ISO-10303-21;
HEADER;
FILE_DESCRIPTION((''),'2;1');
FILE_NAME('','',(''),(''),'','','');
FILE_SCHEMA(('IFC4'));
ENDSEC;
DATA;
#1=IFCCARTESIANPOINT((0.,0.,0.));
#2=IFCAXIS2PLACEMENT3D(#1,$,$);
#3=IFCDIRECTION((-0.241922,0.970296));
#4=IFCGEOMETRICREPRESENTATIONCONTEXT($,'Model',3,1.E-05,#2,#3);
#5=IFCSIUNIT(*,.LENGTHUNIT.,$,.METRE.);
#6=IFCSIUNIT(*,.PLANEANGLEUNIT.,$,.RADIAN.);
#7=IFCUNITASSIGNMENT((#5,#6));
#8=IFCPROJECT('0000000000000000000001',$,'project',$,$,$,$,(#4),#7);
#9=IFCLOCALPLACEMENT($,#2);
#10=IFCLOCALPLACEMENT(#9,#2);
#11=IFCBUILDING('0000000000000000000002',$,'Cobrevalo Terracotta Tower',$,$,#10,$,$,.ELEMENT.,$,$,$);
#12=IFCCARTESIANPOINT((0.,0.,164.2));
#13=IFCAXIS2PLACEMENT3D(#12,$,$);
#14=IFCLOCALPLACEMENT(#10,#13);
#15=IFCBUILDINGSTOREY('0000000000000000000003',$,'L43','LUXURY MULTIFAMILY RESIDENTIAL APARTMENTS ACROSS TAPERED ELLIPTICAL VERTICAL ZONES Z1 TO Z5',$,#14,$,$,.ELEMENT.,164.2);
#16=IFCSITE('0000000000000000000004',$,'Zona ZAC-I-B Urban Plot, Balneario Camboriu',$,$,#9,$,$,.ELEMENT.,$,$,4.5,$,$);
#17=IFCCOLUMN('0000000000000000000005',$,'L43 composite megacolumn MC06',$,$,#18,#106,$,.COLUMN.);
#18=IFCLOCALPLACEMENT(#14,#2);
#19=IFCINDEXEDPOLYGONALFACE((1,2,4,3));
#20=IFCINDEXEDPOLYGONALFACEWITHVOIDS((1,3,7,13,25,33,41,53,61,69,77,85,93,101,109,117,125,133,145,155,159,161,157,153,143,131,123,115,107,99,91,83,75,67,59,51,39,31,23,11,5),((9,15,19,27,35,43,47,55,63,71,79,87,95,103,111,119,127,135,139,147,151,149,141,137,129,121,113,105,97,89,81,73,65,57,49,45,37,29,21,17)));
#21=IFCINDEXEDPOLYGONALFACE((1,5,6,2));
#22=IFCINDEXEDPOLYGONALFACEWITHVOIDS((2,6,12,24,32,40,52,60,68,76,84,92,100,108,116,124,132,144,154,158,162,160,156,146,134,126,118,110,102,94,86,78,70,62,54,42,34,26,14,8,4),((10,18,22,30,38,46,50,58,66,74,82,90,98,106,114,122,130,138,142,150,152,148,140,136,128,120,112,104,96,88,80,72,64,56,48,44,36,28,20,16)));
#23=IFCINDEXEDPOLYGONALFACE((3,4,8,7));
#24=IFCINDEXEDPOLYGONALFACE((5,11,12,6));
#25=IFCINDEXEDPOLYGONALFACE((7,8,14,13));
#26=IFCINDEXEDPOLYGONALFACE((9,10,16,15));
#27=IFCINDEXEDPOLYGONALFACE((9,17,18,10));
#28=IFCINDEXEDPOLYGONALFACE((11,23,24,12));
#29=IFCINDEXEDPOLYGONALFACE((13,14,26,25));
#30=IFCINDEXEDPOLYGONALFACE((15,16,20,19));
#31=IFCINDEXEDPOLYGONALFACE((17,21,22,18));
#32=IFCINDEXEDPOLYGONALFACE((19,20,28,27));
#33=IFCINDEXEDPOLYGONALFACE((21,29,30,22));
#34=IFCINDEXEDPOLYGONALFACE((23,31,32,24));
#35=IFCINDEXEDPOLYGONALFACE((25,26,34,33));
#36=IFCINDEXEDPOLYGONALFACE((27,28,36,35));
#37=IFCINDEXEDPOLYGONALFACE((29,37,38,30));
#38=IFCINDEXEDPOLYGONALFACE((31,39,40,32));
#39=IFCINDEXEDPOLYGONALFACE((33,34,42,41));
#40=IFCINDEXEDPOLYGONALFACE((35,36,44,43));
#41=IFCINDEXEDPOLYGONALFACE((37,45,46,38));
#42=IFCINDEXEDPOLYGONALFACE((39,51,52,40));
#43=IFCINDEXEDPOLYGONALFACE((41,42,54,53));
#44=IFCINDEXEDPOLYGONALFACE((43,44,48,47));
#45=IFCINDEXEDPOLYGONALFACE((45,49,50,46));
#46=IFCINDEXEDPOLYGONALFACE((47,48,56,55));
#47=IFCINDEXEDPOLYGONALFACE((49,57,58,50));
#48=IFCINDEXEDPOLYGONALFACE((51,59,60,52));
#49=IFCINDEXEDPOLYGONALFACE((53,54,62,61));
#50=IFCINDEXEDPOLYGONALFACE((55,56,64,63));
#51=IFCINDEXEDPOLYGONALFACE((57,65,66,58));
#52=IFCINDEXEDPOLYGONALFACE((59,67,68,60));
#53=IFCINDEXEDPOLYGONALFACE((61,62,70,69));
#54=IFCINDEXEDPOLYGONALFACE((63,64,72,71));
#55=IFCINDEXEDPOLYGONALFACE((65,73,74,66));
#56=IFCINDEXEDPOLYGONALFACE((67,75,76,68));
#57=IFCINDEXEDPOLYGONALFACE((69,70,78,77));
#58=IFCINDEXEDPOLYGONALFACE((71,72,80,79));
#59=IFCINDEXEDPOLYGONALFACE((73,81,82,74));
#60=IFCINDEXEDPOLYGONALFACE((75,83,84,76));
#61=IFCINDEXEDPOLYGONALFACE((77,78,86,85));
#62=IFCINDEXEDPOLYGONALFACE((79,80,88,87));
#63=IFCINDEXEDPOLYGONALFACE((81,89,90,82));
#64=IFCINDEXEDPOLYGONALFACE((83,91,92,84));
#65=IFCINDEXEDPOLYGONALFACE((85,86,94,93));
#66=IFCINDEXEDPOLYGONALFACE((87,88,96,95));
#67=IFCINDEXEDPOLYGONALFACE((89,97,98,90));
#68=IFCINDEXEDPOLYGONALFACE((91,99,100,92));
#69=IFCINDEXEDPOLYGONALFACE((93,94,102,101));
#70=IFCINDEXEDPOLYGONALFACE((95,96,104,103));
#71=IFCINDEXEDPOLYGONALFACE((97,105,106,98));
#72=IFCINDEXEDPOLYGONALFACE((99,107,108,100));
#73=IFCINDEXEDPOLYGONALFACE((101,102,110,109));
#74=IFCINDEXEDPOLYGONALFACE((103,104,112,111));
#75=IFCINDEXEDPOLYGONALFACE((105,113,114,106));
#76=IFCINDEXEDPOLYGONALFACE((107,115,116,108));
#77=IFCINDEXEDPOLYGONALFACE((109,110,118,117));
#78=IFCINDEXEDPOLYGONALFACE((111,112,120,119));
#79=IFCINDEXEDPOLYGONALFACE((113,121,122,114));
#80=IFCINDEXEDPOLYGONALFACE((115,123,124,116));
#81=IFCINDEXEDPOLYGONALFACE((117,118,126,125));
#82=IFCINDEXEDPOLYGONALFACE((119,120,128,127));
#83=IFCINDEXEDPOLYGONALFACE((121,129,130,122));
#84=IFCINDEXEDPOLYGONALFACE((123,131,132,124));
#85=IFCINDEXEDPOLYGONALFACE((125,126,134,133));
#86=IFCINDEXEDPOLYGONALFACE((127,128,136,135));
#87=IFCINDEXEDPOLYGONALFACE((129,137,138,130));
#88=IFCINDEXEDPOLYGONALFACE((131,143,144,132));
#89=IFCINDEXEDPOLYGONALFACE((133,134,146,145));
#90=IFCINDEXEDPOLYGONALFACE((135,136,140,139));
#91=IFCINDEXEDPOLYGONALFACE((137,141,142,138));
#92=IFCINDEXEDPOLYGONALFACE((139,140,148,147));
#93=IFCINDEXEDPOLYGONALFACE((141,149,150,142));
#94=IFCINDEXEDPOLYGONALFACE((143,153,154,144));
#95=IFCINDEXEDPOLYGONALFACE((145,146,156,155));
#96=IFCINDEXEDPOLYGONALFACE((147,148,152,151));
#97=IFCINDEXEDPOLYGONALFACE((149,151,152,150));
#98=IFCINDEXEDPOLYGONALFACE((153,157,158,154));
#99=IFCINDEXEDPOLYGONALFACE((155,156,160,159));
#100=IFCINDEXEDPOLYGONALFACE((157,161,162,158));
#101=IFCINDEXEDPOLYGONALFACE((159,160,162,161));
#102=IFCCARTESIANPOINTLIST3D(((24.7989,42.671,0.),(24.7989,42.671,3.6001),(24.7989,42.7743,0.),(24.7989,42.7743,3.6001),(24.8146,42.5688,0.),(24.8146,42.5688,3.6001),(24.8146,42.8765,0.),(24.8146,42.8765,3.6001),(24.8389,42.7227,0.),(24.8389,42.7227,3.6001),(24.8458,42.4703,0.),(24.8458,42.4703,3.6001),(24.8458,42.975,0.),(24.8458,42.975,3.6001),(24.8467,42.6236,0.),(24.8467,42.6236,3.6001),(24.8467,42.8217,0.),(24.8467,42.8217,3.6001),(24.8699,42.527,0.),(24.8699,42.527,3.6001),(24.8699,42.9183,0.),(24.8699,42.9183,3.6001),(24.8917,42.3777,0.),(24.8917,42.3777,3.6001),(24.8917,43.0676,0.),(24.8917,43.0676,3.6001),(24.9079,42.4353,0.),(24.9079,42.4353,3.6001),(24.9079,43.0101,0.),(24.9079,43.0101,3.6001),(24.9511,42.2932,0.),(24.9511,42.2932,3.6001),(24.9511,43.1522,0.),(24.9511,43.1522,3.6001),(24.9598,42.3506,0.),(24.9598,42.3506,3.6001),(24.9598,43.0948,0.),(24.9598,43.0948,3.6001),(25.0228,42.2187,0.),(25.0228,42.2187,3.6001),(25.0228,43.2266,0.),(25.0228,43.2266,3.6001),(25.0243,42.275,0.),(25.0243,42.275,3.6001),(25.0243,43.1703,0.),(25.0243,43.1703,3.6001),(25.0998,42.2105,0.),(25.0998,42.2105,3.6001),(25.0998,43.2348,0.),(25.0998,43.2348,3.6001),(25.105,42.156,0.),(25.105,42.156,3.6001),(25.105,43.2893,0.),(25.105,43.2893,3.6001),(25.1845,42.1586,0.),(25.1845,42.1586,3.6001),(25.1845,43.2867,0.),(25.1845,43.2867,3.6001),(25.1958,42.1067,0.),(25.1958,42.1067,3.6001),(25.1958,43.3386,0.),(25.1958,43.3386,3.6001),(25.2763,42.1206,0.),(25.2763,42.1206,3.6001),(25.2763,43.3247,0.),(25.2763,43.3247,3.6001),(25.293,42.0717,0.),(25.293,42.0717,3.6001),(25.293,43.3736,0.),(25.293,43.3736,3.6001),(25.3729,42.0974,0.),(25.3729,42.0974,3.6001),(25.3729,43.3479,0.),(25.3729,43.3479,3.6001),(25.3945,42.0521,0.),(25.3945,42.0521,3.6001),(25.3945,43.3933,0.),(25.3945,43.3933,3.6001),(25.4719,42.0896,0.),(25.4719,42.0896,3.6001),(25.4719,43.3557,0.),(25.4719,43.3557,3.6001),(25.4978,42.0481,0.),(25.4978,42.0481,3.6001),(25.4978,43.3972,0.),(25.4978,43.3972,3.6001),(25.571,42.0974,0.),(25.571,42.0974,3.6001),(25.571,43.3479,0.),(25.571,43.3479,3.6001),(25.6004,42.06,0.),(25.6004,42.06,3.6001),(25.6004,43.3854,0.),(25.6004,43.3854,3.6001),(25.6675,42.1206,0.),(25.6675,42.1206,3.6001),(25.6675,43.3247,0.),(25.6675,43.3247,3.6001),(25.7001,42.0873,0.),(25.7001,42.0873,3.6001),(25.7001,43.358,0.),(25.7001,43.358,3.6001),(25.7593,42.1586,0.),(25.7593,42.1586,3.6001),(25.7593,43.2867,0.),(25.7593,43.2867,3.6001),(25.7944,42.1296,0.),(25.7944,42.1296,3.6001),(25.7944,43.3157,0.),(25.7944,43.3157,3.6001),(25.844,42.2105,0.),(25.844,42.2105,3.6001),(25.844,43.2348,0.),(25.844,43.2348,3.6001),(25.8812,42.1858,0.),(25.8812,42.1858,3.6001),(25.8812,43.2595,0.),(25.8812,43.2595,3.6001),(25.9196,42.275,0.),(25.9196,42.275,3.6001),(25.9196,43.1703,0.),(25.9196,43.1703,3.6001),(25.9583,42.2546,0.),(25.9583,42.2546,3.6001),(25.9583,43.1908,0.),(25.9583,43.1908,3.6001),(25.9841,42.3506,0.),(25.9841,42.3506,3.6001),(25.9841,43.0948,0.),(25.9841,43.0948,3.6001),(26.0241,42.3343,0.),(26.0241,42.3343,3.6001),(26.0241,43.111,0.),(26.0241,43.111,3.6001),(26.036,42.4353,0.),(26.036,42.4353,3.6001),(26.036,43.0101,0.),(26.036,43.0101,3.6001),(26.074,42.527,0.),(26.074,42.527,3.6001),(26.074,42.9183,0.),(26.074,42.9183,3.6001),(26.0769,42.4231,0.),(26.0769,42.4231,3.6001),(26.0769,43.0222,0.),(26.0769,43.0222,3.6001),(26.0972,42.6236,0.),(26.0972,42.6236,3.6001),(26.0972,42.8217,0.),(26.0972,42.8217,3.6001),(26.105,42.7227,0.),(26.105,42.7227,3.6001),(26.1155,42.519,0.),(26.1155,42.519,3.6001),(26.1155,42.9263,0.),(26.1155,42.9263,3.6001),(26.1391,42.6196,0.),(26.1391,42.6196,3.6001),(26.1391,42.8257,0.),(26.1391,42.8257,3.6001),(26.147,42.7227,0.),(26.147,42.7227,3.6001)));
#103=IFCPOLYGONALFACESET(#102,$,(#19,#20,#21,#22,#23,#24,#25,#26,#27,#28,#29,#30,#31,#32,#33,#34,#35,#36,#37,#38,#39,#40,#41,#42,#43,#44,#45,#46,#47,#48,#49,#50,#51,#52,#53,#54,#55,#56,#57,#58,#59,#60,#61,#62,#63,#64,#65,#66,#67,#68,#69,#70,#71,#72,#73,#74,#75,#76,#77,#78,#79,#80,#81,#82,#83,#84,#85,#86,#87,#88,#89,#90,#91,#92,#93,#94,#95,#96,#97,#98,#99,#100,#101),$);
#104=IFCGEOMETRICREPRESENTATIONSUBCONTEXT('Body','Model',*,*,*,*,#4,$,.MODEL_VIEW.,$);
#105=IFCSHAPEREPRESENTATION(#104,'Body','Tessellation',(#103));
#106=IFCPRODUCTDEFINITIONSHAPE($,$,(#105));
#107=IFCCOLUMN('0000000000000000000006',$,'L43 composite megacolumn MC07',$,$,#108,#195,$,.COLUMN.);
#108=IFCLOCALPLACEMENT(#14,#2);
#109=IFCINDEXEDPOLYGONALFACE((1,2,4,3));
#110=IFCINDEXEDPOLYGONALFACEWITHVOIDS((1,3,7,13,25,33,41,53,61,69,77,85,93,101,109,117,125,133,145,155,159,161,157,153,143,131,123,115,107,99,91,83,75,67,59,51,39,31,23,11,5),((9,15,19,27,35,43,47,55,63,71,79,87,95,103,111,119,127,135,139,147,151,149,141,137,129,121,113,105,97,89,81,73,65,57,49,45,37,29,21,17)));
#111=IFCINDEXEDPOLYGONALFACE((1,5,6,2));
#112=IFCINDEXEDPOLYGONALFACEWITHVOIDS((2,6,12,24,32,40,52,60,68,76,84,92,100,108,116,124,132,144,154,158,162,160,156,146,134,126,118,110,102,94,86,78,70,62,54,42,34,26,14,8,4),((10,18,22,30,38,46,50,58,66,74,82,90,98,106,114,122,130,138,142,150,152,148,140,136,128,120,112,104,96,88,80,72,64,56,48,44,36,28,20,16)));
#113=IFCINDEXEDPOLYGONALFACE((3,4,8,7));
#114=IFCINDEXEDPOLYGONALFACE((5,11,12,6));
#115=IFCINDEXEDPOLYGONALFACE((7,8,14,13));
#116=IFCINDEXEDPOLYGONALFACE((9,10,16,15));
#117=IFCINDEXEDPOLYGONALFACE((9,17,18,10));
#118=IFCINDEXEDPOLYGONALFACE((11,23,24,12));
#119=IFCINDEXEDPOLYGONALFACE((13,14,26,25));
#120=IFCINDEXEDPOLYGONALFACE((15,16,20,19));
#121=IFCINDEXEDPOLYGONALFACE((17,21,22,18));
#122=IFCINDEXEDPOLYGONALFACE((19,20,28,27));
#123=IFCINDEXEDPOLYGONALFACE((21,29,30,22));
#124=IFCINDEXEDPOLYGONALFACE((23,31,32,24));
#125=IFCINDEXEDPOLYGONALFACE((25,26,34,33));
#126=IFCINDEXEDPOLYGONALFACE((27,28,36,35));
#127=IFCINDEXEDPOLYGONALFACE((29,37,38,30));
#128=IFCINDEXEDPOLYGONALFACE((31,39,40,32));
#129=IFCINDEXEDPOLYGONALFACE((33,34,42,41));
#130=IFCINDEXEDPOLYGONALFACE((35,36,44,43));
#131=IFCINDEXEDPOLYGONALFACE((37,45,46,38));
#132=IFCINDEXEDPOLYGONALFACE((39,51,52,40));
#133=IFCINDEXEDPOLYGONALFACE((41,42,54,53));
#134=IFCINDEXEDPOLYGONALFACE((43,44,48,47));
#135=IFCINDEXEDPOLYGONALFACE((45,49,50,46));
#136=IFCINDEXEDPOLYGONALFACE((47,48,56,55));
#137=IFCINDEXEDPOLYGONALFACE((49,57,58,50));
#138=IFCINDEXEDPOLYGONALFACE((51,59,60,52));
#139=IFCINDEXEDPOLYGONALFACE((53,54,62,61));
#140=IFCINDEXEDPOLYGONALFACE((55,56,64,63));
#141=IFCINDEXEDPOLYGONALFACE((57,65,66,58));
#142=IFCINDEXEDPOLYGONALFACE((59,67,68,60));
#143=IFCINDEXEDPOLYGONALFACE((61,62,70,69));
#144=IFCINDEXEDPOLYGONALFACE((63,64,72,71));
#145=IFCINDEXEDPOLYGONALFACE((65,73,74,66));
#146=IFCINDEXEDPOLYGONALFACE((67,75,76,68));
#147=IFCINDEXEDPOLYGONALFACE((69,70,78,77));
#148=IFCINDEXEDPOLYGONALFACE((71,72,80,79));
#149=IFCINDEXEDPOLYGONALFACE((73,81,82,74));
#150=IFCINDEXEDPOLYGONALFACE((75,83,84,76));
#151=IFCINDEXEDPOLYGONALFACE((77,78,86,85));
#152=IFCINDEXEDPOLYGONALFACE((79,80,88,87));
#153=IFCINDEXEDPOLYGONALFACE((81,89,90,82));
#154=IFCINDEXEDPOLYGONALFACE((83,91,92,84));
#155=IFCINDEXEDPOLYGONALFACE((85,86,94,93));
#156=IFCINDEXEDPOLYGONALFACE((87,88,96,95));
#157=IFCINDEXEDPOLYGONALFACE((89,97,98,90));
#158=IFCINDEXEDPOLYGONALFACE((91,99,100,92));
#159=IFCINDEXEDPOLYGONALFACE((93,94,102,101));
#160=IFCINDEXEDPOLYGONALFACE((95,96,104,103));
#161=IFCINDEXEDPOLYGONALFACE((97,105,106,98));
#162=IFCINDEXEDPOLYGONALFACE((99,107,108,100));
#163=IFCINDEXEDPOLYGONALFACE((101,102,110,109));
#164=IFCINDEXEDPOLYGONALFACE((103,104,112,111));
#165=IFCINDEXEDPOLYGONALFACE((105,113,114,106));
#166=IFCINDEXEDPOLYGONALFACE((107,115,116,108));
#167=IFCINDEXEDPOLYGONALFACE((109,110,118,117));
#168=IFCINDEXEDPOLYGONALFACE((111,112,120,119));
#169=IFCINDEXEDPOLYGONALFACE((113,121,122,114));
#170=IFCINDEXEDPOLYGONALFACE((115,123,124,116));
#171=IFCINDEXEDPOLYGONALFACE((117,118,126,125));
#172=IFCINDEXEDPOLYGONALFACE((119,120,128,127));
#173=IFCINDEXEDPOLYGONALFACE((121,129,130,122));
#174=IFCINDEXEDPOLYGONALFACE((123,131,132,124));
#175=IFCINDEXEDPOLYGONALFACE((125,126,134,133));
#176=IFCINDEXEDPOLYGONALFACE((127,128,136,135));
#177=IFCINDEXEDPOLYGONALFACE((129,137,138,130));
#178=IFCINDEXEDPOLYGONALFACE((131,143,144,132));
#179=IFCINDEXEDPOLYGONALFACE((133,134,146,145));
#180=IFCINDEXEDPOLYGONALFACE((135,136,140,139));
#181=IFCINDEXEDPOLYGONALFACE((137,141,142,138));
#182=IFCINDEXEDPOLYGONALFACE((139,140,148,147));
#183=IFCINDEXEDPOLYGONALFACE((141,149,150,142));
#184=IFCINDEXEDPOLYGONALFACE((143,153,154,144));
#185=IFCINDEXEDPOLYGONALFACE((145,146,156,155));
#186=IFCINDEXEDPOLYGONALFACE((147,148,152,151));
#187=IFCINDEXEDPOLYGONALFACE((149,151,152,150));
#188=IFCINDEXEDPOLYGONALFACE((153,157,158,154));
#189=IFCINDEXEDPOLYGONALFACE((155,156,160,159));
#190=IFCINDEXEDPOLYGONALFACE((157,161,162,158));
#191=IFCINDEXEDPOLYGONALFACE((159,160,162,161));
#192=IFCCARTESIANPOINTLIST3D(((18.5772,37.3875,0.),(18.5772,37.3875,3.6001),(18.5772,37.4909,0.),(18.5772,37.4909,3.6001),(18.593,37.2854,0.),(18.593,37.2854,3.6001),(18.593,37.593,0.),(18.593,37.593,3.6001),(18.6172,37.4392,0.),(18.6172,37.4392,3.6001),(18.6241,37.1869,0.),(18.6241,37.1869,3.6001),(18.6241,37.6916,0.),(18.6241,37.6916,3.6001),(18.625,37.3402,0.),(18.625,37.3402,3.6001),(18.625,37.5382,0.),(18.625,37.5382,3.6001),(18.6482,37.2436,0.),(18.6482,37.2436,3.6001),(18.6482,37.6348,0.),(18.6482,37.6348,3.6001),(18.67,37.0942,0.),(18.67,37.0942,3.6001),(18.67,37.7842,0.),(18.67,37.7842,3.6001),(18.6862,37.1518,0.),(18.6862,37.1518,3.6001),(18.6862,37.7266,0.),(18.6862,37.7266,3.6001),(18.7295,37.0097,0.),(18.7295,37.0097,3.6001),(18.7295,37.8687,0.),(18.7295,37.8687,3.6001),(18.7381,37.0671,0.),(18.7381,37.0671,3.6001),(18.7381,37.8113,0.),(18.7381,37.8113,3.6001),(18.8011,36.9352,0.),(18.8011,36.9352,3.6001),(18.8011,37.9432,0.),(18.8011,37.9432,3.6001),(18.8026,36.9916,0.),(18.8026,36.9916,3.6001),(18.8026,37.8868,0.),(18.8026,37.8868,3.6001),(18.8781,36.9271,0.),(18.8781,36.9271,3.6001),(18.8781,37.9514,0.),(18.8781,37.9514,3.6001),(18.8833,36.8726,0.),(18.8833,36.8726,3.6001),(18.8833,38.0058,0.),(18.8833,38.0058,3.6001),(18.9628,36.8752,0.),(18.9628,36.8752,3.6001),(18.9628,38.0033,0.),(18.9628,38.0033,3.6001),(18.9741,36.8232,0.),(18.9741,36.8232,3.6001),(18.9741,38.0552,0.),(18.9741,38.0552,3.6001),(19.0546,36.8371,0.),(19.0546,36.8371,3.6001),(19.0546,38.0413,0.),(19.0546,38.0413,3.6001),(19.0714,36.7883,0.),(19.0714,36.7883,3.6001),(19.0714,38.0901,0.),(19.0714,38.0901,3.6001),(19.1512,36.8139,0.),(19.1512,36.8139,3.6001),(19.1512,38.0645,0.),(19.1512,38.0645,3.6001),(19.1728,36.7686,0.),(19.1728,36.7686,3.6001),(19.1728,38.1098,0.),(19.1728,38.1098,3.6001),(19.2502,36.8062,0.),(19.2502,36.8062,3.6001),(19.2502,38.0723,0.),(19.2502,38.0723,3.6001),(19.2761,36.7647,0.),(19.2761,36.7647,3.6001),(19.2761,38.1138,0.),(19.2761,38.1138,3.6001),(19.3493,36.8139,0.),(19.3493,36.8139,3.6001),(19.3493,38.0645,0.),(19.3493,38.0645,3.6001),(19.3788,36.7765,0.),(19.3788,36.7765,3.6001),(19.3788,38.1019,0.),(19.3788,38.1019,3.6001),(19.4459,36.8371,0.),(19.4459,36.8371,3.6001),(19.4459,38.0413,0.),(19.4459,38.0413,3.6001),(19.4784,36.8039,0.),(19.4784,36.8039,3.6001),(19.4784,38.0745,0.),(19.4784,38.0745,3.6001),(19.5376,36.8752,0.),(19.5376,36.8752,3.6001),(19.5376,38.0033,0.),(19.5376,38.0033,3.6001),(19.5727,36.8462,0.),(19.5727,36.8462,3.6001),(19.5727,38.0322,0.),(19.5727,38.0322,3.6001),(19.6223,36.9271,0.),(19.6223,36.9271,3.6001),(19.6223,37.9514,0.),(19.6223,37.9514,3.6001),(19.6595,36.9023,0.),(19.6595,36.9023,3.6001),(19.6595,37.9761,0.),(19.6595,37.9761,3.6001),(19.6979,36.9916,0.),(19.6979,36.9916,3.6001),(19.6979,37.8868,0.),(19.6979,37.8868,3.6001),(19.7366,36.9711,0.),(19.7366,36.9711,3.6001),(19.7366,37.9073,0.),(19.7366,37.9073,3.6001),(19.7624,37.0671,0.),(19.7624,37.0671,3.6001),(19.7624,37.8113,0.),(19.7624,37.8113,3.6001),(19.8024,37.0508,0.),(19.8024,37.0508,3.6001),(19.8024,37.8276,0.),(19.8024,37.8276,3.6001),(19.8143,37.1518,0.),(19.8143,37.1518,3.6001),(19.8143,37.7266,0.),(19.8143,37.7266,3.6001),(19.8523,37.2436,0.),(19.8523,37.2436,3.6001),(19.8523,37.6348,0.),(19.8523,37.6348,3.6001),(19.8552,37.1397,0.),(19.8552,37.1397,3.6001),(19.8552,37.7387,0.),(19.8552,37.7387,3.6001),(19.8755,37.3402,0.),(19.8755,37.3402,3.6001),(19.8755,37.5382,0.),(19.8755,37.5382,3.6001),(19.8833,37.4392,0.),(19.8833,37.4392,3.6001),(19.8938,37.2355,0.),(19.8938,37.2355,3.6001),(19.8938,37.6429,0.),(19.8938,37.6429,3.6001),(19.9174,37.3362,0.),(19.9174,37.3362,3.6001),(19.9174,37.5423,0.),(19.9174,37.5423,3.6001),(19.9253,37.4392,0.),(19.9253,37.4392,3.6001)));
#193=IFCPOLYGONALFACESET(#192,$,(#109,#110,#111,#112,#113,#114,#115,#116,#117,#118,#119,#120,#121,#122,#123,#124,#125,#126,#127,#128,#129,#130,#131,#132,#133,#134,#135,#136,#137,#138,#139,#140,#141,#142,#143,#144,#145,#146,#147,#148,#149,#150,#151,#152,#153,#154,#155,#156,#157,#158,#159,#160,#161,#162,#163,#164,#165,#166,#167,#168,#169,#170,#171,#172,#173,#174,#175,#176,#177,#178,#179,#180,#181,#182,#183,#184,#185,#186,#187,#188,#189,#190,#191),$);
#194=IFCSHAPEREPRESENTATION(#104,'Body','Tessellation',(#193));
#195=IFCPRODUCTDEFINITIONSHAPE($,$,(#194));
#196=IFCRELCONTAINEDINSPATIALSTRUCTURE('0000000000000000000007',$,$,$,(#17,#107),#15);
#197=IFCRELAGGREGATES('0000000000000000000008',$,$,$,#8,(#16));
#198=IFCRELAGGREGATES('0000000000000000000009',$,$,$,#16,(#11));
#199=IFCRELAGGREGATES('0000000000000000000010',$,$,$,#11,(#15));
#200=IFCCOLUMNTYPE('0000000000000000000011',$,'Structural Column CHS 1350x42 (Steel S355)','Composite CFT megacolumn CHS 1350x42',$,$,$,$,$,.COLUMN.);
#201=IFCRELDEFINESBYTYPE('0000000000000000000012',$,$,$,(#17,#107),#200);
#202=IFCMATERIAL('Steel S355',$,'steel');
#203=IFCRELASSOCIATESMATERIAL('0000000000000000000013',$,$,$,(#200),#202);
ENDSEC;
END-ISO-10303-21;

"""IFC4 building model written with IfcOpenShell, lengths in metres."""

from ifc_helpers import new_model, si_unit, direction, frame, origin, origin_2d, place, context, subcontext, project, spatial, hollow_circle, extrude, material, material_profile, profile_set, type_object, element, save


model = new_model("IFC4")

# Units and contexts
model_context = context("Model", 3, precision=1e-05, world=origin(), true_north=direction((-0.241922, 0.970296)))
body_context = subcontext(model_context, "Body", "Model", "MODEL_VIEW")
ifc_project = project(units=[si_unit("LENGTHUNIT", "METRE"), si_unit("PLANEANGLEUNIT", "RADIAN")], contexts=[model_context])

# Site, building, storey
site_placement = place(None, origin())
site = spatial("IfcSite", under=ifc_project, at=site_placement, Name="Zona ZAC-I-B Urban Plot, Balneario Camboriu", CompositionType="ELEMENT", RefElevation=4.5)
building_placement = place(site_placement, origin())
building = spatial("IfcBuilding", under=site, at=building_placement, Name="Cobrevalo Terracotta Tower", CompositionType="ELEMENT")
storey_placement = place(building_placement, frame((0.0, 0.0, 164.2)))
storey = spatial("IfcBuildingStorey", under=building, at=storey_placement, Name="L43", Description="LUXURY MULTIFAMILY RESIDENTIAL APARTMENTS ACROSS TAPERED ELLIPTICAL VERTICAL ZONES Z1 TO Z5", CompositionType="ELEMENT", Elevation=164.2)

# Columns
ifc_material_1 = material(Name="Steel S355", Category="steel")
ifc_material_profile_1 = material_profile(ifc_material_1, hollow_circle(Radius=0.675, WallThickness=0.042, at=origin_2d()), Name="CHS 1350x42")
ifc_profile_set_1 = profile_set([ifc_material_profile_1], Name="Steel S355")
column_type = type_object("IfcColumnType", Name="Structural Column CHS 1350x42 (Steel S355)", Description="Composite CFT megacolumn CHS 1350x42", PredefinedType="COLUMN", material=ifc_profile_set_1)
for number, where, z_axis, x_axis, name in (
    (1, (25.4719, 42.7227, 0.0), (0.0, 0.0, 1.0), (1.0, 0.0, 0.0), "L43 composite megacolumn MC06"),
    (2, (19.2502, 37.4392, 0.0), (0.0, 0.0, 1.0), (1.0, 0.0, 0.0), "L43 composite megacolumn MC07"),
):
    element("IfcColumn", number, at=place(storey_placement, frame(where, z_axis=z_axis, x_axis=x_axis)), inside=storey, type_object=column_type, Name=name, PredefinedType="COLUMN", context=body_context, shape_type="SweptSolid", body=[
        extrude(hollow_circle(Radius=0.675, WallThickness=0.042, at=origin_2d()), origin(), (0.0, 0.0, 1.0), 3.6001),
    ])

save(model, "model.ifc")
